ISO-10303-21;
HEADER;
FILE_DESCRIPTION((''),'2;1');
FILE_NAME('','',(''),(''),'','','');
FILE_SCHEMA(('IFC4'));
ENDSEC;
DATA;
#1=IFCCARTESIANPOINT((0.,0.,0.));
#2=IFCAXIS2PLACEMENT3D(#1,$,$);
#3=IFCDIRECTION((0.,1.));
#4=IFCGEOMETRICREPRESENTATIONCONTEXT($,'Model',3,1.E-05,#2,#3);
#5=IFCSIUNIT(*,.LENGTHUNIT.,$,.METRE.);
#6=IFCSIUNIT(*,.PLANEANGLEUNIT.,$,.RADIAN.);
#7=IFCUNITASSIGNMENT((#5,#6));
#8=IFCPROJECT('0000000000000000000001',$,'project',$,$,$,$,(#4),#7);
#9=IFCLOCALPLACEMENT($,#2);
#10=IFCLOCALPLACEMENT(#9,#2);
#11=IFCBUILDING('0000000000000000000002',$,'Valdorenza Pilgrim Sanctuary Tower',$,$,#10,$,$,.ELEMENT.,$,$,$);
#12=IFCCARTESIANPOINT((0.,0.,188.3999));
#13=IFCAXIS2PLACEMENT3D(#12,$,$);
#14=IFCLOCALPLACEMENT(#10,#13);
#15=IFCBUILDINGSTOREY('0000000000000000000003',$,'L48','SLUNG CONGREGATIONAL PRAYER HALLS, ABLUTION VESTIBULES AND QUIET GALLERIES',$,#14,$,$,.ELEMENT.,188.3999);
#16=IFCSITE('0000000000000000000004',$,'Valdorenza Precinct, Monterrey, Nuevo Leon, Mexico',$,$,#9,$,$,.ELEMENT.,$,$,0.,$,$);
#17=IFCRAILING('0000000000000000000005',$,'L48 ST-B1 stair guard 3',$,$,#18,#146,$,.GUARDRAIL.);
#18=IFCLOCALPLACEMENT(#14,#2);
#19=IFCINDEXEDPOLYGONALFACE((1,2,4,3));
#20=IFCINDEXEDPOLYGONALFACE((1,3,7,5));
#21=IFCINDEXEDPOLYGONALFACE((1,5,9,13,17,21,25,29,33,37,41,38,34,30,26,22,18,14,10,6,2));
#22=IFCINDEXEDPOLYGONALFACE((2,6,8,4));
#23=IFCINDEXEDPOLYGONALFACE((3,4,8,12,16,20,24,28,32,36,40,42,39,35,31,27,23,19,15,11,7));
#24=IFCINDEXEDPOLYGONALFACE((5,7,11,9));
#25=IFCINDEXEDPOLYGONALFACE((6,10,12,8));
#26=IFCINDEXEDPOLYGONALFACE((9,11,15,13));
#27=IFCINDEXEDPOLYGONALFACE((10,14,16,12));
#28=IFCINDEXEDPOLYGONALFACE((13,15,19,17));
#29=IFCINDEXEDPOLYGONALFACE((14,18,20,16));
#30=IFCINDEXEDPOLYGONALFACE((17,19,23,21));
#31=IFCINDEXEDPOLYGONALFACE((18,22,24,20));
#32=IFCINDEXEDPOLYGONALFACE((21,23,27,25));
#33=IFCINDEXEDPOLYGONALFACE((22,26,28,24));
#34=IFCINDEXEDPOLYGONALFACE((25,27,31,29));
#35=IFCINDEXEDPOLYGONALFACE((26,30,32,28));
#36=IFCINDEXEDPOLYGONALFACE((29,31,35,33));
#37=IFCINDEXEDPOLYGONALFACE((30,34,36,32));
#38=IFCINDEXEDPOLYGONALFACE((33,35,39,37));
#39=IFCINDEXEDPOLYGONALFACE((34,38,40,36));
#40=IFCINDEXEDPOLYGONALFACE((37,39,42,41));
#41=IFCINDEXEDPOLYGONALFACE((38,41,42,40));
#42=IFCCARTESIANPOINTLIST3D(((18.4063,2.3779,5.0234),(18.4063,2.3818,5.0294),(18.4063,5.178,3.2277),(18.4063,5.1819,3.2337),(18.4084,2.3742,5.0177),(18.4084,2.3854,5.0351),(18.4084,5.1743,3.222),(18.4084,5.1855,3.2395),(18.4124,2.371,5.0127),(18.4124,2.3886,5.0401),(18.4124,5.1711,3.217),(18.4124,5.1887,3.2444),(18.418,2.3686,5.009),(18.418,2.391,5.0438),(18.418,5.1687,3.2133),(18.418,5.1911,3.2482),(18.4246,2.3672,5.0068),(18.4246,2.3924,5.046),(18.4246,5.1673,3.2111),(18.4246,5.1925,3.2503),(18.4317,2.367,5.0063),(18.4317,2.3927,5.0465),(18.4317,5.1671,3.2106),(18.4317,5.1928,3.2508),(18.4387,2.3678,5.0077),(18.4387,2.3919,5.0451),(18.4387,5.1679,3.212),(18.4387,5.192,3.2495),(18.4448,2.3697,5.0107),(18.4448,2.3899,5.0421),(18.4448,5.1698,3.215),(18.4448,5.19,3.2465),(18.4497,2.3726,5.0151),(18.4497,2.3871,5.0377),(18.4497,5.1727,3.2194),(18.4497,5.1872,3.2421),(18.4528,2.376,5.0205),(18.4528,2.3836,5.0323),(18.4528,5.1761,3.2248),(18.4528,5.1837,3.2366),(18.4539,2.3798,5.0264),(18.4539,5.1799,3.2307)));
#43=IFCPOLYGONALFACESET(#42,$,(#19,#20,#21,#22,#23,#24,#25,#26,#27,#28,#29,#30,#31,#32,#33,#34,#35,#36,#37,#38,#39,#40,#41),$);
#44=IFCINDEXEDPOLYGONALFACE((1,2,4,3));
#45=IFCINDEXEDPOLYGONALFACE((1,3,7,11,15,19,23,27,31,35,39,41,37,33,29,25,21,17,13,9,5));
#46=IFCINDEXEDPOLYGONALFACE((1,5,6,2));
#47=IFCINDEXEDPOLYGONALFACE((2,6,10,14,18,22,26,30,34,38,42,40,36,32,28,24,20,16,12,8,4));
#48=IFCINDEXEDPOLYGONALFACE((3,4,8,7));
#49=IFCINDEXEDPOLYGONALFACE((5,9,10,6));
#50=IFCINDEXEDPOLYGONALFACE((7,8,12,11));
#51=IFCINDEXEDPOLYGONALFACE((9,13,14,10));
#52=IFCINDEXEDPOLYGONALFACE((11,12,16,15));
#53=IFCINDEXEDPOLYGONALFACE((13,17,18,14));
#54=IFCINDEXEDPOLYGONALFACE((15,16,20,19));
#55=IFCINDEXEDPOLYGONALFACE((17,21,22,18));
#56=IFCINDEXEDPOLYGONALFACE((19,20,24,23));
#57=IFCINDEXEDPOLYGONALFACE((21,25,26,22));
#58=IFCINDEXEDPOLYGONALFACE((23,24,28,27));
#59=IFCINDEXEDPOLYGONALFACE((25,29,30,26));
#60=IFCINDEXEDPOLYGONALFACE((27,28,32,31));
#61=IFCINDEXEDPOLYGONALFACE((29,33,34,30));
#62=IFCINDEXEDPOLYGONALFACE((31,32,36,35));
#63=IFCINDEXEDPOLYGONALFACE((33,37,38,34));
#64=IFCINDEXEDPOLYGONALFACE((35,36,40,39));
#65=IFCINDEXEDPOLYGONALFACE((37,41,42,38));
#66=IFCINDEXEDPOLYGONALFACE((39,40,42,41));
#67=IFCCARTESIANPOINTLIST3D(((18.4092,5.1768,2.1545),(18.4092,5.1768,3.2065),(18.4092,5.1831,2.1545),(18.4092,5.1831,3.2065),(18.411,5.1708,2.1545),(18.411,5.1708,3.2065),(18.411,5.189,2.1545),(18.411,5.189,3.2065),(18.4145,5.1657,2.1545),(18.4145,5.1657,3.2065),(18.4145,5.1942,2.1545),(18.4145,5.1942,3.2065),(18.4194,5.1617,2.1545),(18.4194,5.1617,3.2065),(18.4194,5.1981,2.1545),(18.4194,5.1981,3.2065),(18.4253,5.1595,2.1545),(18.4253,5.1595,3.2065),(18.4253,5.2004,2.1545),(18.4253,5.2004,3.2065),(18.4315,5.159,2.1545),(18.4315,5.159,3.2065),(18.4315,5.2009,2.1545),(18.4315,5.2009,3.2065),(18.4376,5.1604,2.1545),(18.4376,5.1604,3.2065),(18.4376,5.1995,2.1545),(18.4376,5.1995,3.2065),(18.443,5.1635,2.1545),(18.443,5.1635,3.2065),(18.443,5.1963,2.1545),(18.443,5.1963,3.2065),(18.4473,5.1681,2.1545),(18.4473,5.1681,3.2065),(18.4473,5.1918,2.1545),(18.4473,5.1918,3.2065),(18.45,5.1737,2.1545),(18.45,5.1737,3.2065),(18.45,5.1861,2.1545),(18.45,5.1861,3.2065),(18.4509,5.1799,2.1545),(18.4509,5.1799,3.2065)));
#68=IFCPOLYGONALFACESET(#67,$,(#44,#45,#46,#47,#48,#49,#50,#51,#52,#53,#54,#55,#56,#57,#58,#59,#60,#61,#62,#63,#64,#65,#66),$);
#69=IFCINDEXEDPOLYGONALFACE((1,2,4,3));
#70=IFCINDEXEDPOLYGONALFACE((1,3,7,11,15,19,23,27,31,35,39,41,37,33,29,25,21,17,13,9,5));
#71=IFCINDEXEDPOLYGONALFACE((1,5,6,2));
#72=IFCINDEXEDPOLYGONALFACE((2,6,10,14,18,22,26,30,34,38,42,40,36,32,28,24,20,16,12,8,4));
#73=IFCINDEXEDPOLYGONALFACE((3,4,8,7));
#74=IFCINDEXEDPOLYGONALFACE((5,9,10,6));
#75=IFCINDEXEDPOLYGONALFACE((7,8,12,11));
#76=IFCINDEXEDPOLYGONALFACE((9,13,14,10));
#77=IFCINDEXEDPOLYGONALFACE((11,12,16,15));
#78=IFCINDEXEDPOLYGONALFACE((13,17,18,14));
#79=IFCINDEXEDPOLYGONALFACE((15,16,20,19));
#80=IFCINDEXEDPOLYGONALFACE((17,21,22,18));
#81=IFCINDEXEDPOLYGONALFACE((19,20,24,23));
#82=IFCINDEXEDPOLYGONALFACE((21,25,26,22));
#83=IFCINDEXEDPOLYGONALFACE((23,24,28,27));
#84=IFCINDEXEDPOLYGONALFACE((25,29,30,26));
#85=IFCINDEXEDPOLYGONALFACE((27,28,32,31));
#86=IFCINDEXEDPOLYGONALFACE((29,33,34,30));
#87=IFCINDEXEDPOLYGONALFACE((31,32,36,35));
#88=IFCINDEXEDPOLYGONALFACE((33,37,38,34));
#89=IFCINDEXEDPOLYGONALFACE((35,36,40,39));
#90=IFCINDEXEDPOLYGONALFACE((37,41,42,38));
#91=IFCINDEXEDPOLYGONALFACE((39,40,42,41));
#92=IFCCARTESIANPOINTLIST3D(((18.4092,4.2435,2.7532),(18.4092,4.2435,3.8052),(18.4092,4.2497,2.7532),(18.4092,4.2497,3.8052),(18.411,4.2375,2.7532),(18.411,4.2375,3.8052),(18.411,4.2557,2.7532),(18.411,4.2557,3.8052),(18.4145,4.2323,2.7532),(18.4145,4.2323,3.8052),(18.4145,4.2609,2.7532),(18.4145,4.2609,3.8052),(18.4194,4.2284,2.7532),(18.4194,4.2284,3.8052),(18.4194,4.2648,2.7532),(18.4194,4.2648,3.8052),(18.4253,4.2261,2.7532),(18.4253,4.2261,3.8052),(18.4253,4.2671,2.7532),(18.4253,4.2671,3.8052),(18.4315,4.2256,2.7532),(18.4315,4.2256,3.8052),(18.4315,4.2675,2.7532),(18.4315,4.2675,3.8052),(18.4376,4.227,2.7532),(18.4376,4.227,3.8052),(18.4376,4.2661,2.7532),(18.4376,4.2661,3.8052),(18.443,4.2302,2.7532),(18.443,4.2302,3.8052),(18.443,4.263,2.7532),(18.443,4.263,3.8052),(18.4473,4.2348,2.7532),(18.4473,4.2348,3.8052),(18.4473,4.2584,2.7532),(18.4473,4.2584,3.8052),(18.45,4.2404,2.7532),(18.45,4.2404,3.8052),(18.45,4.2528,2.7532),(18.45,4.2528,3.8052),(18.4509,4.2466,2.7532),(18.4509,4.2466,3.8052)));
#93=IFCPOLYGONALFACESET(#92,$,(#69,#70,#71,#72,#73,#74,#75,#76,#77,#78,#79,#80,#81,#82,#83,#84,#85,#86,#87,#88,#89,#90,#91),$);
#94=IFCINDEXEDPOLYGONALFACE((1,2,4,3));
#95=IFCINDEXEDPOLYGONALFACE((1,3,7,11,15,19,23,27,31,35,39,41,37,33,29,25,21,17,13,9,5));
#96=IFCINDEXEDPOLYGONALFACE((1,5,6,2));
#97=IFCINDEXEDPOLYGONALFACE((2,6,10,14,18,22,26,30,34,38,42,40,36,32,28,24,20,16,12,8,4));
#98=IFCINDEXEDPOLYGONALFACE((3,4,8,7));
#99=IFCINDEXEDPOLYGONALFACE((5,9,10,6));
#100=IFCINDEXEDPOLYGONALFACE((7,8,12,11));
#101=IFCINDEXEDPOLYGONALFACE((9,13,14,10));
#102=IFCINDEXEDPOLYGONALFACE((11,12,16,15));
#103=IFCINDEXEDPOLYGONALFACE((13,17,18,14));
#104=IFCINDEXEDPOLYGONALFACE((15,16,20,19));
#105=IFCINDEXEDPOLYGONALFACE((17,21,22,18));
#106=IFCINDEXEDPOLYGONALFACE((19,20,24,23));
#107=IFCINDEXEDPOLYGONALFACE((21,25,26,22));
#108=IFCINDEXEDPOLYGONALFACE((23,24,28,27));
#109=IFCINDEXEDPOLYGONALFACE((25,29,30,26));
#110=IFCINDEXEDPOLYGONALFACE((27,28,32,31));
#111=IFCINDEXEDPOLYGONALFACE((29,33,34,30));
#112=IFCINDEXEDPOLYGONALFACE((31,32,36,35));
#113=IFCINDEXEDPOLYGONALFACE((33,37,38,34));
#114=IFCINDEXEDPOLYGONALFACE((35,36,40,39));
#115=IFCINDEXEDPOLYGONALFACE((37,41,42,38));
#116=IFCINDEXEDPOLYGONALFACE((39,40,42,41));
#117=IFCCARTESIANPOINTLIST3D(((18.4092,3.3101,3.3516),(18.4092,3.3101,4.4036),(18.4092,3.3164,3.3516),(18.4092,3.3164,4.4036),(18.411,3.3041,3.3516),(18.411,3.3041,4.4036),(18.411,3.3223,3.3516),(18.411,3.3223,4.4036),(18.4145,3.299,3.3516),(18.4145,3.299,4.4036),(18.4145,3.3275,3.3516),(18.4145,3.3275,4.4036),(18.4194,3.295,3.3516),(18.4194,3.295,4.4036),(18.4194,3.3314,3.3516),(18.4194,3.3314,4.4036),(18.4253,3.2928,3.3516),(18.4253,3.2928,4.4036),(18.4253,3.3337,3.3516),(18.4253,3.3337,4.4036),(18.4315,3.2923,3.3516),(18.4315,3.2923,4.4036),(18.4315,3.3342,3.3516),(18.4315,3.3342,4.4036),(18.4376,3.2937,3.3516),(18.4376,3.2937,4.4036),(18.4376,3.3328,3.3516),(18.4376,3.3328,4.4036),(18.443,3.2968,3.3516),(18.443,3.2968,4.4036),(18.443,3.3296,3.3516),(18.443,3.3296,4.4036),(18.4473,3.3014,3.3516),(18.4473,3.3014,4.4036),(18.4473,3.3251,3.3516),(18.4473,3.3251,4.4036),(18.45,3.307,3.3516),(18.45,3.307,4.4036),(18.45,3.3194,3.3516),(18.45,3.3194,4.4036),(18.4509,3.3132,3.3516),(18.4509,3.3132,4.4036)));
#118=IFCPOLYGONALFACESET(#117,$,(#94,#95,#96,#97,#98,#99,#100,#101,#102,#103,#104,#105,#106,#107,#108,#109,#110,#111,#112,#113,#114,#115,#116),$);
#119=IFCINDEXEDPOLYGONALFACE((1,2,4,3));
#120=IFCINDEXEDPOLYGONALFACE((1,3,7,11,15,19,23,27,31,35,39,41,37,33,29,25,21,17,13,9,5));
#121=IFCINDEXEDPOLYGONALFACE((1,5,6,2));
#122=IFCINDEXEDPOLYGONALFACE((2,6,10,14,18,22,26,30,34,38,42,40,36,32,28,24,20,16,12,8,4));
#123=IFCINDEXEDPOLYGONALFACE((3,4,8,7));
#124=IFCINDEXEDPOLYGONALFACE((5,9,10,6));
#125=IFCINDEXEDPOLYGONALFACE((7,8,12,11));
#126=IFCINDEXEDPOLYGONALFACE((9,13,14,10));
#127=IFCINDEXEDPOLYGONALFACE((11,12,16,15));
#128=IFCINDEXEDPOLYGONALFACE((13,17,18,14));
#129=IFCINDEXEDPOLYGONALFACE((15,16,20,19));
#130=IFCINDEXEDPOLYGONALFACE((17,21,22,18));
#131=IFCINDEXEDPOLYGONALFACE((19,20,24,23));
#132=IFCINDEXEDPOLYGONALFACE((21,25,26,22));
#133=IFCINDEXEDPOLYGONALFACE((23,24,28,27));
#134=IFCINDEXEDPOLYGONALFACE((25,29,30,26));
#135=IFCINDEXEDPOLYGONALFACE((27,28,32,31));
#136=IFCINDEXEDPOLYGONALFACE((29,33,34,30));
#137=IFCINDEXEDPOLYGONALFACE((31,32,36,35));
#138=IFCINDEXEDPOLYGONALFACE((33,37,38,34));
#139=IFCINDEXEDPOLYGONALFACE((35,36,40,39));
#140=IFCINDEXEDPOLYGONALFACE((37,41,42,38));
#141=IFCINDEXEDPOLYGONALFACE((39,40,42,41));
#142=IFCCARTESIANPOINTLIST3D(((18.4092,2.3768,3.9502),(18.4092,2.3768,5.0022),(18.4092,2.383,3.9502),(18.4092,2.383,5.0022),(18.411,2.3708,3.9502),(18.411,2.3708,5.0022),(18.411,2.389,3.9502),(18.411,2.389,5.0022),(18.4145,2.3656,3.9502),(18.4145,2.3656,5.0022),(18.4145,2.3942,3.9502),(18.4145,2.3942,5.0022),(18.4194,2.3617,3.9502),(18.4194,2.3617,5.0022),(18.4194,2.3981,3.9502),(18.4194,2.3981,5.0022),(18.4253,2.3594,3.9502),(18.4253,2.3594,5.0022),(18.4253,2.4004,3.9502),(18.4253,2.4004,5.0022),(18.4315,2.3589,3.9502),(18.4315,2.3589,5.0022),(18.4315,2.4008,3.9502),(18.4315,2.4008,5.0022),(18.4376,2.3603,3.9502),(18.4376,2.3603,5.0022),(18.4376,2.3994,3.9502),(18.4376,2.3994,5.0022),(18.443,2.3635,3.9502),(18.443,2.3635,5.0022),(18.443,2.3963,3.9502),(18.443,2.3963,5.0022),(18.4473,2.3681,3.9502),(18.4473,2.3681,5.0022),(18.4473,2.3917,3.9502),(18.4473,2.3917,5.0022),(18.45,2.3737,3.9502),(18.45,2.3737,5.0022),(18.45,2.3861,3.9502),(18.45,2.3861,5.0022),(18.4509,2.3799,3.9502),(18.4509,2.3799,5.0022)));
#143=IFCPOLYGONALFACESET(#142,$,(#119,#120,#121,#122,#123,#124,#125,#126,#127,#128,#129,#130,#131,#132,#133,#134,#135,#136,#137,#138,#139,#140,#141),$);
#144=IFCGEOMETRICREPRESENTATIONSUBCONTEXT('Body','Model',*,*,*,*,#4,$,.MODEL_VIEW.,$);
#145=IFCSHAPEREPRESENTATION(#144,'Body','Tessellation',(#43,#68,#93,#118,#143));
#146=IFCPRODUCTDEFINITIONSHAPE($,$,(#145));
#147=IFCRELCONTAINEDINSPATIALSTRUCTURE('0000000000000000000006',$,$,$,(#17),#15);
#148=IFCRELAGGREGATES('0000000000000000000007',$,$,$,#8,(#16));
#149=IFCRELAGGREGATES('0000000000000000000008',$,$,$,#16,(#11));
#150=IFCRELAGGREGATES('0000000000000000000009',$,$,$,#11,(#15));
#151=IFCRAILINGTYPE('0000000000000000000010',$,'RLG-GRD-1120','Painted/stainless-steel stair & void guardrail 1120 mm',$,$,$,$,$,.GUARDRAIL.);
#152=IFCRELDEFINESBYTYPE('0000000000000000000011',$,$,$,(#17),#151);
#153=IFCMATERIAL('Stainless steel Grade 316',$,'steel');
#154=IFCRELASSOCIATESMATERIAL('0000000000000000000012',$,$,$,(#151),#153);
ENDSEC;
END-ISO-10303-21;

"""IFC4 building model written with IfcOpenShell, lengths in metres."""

from ifc_helpers import new_model, si_unit, direction, frame, origin, origin_2d, place, context, subcontext, project, spatial, circle, extrude, material, type_object, element, save


model = new_model("IFC4")

# Units and contexts
model_context = context("Model", 3, precision=1e-05, world=origin(), true_north=direction((0.0, 1.0)))
body_context = subcontext(model_context, "Body", "Model", "MODEL_VIEW")
ifc_project = project(units=[si_unit("LENGTHUNIT", "METRE"), si_unit("PLANEANGLEUNIT", "RADIAN")], contexts=[model_context])

# Site, building, storey
site_placement = place(None, origin())
site = spatial("IfcSite", under=ifc_project, at=site_placement, Name="Valdorenza Precinct, Monterrey, Nuevo Leon, Mexico", CompositionType="ELEMENT", RefElevation=0.0)
building_placement = place(site_placement, origin())
building = spatial("IfcBuilding", under=site, at=building_placement, Name="Valdorenza Pilgrim Sanctuary Tower", CompositionType="ELEMENT")
storey_placement = place(building_placement, frame((0.0, 0.0, 188.3999)))
storey = spatial("IfcBuildingStorey", under=building, at=storey_placement, Name="L48", Description="SLUNG CONGREGATIONAL PRAYER HALLS, ABLUTION VESTIBULES AND QUIET GALLERIES", CompositionType="ELEMENT", Elevation=188.3999)

# Railing
ifc_material_1 = material(Name="Stainless steel Grade 316", Category="steel")
railing_type_1 = type_object("IfcRailingType", Name="RLG-GRD-1120", Description="Painted/stainless-steel stair & void guardrail 1120 mm", PredefinedType="GUARDRAIL", material=ifc_material_1)
railing_1_placement = place(storey_placement, frame((18.4299, 5.1799, 2.1545)))
element("IfcRailing", 1, at=railing_1_placement, inside=storey, type_object=railing_type_1, Name="L48 ST-B1 stair guard 3", PredefinedType="GUARDRAIL", context=body_context, shape_type="SweptSolid", body=[
    extrude(circle(Radius=0.0239, at=origin_2d()), frame((0.0, 0.0, 1.0762), z_axis=(0.0, -0.841777, 0.539826), x_axis=(1.0, 0.0, 0.0)), (0.0, 0.0, 1.0), 3.3264),
    extrude(circle(Radius=0.021, at=origin_2d()), origin(), (0.0, 0.0, 1.0), 1.052),
    extrude(circle(Radius=0.021, at=origin_2d()), frame((0.0, -0.9333, 0.5986)), (0.0, 0.0, 1.0), 1.052),
    extrude(circle(Radius=0.021, at=origin_2d()), frame((0.0, -1.8667, 1.197)), (0.0, 0.0, 1.0), 1.052),
    extrude(circle(Radius=0.021, at=origin_2d()), frame((0.0, -2.8, 1.7957)), (0.0, 0.0, 1.0), 1.052),
])

save(model, "model.ifc")
